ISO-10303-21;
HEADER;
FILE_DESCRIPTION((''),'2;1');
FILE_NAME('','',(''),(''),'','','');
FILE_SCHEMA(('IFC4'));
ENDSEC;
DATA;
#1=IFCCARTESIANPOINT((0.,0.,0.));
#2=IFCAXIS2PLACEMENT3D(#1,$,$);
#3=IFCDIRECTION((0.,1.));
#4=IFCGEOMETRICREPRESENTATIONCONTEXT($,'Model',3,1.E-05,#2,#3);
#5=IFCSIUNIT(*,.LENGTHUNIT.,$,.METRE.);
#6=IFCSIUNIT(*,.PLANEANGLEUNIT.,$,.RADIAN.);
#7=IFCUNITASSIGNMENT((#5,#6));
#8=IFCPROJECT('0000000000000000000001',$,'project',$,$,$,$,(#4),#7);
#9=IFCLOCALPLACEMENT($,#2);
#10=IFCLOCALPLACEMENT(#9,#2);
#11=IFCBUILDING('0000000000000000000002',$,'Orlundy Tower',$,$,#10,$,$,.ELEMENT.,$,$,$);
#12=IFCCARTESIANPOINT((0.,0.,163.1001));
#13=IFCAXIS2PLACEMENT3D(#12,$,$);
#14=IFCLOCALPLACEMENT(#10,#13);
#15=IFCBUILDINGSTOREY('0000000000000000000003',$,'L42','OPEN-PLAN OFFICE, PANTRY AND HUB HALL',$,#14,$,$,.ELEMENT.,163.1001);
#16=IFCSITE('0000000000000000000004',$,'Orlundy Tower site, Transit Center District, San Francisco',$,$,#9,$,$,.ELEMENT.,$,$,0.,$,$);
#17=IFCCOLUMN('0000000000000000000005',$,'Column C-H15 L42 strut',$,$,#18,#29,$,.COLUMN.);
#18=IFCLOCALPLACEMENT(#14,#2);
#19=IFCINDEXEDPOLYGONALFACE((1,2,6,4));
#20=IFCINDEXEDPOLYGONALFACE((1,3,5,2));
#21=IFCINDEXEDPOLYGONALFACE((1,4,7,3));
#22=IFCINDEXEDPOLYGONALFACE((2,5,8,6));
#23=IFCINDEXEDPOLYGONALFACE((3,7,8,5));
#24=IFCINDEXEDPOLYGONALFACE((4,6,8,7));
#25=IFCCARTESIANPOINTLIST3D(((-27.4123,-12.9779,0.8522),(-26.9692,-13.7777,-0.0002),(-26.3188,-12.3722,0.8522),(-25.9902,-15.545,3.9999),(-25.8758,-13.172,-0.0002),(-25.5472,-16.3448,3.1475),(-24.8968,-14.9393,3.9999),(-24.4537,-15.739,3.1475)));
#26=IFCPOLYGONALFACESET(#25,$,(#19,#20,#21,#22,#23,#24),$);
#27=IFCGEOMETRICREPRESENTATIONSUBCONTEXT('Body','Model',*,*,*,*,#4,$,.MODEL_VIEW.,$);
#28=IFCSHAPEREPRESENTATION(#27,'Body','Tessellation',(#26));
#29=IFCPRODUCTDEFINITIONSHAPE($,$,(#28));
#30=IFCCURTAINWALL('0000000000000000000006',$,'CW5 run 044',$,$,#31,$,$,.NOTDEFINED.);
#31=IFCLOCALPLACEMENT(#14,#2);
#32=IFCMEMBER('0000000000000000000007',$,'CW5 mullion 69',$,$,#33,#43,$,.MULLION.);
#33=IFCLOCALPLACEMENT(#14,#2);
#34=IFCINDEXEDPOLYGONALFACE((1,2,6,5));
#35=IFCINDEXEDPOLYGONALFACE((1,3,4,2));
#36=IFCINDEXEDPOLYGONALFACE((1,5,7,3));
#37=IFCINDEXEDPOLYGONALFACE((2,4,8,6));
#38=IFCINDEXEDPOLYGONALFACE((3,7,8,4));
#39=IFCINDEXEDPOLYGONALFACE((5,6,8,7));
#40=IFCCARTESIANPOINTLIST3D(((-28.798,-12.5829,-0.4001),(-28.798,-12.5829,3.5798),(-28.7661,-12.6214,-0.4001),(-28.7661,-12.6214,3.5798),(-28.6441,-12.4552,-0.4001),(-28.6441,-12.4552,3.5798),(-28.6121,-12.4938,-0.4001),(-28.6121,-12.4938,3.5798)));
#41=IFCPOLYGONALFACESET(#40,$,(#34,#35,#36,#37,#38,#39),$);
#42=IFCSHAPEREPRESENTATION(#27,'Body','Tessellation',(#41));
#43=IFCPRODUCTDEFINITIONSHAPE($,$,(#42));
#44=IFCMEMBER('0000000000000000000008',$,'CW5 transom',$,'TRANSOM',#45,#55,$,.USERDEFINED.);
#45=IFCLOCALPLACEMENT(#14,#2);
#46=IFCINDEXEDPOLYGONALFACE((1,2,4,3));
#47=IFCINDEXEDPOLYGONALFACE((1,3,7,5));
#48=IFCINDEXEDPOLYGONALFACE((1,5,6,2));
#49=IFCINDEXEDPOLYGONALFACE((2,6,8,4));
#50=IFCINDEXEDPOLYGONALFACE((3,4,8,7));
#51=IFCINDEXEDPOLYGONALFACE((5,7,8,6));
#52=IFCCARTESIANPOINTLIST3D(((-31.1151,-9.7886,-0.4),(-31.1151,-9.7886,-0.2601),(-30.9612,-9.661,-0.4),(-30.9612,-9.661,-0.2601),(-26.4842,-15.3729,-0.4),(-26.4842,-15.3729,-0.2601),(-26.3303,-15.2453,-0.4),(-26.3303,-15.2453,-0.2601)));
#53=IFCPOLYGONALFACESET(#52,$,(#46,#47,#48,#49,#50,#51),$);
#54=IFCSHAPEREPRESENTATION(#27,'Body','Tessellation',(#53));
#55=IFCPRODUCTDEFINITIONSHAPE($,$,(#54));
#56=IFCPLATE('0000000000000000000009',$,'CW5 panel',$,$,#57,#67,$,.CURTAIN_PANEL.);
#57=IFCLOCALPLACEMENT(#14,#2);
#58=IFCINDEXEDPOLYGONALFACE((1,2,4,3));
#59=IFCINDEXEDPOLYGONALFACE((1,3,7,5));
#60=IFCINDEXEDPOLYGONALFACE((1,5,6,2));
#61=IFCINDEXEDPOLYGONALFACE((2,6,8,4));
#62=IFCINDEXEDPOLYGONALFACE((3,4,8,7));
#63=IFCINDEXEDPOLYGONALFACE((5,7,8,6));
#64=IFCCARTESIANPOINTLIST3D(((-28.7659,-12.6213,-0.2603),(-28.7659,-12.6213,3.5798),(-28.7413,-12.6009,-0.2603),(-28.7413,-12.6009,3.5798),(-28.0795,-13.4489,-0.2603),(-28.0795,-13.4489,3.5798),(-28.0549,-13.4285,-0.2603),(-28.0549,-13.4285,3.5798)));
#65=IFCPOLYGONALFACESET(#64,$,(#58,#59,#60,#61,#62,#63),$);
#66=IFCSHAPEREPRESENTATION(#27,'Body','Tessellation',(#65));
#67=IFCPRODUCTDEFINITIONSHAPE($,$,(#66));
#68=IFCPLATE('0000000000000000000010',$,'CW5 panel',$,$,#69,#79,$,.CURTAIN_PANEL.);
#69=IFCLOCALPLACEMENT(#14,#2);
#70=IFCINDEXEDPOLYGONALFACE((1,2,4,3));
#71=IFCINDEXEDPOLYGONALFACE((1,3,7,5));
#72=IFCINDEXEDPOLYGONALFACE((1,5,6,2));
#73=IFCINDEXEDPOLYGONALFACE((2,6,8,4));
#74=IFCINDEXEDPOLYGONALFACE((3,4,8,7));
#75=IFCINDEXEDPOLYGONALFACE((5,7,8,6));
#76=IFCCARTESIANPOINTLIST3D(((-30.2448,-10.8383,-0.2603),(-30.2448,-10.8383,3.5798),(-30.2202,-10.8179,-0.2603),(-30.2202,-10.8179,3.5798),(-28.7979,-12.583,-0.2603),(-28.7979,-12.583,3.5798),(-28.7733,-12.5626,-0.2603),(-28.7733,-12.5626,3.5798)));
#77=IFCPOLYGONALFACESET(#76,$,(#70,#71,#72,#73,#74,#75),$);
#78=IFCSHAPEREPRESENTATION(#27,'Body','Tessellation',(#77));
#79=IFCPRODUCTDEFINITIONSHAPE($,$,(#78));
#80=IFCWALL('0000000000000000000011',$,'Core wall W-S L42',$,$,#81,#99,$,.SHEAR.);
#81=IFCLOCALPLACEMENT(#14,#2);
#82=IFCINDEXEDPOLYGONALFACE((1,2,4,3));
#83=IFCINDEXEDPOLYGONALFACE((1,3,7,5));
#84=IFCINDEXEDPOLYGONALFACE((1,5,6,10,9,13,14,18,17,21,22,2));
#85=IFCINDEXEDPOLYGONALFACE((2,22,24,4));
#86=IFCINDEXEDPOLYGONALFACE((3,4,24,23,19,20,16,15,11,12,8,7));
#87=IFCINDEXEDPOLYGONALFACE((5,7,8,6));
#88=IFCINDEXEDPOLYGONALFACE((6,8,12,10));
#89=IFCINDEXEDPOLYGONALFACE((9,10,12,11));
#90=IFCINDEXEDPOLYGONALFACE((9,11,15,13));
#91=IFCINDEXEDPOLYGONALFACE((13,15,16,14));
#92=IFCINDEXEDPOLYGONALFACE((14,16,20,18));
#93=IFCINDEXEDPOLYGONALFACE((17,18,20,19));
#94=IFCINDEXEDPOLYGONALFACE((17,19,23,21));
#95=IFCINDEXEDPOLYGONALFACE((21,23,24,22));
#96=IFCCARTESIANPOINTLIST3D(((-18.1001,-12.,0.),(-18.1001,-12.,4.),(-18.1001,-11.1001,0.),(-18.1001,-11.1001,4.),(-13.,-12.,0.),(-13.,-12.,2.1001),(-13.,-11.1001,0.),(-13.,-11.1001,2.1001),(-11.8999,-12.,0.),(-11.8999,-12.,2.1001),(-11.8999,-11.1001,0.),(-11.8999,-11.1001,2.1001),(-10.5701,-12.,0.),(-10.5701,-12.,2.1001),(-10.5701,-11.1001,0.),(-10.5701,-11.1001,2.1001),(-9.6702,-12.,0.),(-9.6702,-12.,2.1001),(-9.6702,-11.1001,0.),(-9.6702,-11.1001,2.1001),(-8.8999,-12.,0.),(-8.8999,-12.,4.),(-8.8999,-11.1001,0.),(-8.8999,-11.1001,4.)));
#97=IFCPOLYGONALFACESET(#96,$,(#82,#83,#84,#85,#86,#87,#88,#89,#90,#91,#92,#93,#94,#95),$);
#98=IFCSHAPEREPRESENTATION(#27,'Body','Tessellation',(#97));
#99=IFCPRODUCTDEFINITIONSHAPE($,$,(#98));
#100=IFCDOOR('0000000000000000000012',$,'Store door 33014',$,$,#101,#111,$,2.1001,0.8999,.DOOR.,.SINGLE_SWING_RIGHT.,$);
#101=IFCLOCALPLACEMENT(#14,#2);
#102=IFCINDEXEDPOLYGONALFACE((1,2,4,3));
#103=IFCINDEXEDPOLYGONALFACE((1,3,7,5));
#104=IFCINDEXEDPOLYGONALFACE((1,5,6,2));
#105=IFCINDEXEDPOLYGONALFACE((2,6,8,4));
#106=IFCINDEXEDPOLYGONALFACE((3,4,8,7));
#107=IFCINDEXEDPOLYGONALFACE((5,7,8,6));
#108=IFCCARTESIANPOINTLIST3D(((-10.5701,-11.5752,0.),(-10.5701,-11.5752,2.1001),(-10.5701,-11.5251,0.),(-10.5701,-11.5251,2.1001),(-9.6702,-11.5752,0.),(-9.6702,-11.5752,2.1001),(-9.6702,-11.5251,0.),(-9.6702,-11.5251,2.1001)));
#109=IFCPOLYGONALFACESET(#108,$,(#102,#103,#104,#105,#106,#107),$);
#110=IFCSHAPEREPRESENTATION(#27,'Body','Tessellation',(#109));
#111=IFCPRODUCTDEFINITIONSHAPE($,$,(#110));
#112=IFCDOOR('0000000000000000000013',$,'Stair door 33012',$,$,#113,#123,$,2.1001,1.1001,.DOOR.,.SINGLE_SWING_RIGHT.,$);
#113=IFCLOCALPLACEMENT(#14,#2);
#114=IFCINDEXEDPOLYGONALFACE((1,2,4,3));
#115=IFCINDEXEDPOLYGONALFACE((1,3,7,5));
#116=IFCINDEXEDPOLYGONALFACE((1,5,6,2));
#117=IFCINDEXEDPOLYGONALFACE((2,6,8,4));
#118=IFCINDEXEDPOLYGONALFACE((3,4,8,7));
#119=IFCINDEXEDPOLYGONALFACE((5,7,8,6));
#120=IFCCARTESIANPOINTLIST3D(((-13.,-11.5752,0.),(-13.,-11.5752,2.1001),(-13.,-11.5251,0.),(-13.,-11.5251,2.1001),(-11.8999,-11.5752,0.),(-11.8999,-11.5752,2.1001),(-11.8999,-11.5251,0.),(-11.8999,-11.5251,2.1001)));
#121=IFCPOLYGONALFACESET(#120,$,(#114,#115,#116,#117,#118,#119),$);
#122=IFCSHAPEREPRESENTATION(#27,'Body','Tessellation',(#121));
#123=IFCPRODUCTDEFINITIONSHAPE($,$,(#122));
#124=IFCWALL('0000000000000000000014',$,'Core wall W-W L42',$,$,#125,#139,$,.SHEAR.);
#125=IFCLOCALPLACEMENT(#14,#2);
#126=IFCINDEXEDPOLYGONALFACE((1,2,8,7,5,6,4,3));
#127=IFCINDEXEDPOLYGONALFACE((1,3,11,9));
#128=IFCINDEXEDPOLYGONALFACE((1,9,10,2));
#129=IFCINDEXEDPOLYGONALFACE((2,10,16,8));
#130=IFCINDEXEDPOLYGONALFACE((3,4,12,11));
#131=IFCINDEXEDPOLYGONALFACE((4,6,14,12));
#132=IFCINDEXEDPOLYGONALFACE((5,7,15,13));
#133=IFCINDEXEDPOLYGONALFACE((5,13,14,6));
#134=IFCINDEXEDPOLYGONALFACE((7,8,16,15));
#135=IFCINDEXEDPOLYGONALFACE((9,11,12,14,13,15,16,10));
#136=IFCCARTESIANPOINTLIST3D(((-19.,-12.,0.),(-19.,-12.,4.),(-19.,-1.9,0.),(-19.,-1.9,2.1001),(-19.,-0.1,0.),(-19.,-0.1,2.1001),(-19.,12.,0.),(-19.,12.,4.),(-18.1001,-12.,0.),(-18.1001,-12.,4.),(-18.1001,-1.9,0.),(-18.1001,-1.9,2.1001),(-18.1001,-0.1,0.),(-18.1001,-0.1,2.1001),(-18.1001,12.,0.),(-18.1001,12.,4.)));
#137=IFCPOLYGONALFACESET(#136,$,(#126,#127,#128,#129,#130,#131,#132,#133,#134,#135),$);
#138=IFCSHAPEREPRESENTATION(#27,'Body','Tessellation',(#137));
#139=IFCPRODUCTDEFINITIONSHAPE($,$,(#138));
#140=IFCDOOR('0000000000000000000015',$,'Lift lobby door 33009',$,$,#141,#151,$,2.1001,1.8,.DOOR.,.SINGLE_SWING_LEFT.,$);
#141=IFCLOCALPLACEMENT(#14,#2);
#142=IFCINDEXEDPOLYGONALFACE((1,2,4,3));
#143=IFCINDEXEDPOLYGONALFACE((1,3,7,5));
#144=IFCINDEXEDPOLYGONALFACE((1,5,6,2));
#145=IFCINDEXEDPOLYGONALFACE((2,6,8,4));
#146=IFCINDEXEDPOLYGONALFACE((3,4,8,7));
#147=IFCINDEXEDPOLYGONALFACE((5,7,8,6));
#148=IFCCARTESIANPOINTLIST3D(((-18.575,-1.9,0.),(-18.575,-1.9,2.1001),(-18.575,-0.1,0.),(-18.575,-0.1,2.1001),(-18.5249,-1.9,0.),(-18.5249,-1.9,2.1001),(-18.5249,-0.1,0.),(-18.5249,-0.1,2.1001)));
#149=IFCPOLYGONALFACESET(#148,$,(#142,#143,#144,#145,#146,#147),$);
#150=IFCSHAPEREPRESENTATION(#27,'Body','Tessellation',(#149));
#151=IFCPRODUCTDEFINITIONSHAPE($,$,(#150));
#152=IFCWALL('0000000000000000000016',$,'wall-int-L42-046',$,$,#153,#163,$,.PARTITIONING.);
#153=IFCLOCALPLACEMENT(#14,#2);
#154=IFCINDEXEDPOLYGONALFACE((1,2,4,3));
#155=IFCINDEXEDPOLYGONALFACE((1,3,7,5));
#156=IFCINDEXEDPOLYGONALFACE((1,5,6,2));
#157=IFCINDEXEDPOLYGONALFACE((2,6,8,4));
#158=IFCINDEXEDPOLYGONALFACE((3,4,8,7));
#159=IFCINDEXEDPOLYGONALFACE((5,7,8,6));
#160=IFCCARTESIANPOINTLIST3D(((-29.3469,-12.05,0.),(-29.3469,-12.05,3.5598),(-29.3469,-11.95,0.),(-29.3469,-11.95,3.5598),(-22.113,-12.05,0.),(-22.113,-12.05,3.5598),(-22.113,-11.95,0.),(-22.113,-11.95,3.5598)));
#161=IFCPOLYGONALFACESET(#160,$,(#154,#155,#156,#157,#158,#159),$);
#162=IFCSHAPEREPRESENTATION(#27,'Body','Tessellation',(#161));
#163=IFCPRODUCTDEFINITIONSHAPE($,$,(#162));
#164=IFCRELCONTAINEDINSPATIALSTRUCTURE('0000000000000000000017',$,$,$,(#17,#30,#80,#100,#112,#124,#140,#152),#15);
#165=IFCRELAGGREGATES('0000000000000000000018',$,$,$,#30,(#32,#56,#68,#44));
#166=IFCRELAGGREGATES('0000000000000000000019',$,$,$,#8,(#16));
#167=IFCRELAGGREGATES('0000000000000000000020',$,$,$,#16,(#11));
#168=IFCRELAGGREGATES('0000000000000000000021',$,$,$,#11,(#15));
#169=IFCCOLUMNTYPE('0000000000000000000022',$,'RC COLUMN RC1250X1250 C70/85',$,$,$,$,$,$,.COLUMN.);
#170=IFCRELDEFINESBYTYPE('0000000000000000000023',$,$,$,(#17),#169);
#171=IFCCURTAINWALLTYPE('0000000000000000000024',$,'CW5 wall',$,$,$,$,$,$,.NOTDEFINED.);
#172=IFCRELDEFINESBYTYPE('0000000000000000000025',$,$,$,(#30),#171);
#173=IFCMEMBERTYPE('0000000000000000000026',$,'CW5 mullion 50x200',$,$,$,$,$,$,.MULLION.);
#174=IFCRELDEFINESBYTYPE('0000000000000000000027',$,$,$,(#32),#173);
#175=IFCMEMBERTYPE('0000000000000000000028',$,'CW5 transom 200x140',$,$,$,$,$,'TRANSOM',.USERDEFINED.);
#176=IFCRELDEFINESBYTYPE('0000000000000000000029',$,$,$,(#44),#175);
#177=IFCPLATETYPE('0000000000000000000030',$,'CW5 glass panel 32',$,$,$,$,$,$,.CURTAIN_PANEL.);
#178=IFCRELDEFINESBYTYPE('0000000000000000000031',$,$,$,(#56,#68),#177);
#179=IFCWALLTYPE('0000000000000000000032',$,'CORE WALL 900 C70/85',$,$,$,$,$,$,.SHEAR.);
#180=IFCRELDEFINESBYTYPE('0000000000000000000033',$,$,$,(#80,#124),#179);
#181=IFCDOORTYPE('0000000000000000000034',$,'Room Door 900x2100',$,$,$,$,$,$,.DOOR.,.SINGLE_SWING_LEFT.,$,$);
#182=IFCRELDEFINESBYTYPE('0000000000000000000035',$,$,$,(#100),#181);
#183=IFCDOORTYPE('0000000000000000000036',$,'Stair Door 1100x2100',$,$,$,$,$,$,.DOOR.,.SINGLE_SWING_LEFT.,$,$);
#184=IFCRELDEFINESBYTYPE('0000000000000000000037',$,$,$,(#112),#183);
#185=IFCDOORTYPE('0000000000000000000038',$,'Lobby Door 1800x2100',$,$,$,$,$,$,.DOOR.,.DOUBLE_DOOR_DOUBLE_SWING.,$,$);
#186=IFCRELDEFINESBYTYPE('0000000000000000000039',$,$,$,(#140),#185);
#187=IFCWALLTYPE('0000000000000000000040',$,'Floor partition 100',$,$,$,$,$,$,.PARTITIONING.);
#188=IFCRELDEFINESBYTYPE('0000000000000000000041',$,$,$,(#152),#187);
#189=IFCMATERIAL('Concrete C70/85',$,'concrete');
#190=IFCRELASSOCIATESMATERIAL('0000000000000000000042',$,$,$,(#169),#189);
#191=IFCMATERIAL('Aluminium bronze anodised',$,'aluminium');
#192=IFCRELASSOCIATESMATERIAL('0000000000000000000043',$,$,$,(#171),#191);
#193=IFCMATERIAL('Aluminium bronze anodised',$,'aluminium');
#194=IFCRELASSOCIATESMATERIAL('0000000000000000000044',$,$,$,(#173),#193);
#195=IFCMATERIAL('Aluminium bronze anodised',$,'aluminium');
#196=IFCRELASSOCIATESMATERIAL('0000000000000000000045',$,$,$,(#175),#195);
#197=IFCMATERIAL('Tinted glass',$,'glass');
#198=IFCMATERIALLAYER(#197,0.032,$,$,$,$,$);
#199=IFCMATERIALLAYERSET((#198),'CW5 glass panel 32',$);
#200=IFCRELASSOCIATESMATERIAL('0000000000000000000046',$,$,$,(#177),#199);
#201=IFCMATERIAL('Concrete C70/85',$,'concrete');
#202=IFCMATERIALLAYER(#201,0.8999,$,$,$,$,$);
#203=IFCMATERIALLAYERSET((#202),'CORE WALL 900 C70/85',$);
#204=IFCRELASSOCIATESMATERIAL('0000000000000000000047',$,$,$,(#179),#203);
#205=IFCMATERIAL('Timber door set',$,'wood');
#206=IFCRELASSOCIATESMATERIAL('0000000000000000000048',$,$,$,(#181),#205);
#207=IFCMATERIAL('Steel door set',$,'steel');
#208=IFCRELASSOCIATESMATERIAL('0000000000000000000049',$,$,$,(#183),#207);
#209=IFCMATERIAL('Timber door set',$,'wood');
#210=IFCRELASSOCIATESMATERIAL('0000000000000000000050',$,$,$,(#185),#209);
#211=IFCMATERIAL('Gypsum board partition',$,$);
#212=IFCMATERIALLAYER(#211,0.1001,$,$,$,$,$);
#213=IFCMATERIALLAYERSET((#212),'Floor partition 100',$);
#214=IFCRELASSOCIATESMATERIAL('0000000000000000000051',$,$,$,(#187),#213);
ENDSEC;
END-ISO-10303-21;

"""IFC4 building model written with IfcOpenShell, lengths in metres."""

from ifc_helpers import new_model, si_unit, direction, frame, frame_2d, origin, origin_2d, place, context, subcontext, project, spatial, rectangle, extrude, material, layer, layer_set, material_profile, profile_set, type_object, element, fill, aggregate, save


model = new_model("IFC4")

# Units and contexts
model_context = context("Model", 3, precision=1e-05, world=origin(), true_north=direction((0.0, 1.0)))
body_context = subcontext(model_context, "Body", "Model", "MODEL_VIEW")
ifc_project = project(units=[si_unit("LENGTHUNIT", "METRE"), si_unit("PLANEANGLEUNIT", "RADIAN")], contexts=[model_context])

# Site, building, storey
site_placement = place(None, origin())
site = spatial("IfcSite", under=ifc_project, at=site_placement, Name="Orlundy Tower site, Transit Center District, San Francisco", CompositionType="ELEMENT", RefElevation=0.0)
building_placement = place(site_placement, origin())
building = spatial("IfcBuilding", under=site, at=building_placement, Name="Orlundy Tower", CompositionType="ELEMENT")
storey_placement = place(building_placement, frame((0.0, 0.0, 163.1001)))
storey = spatial("IfcBuildingStorey", under=building, at=storey_placement, Name="L42", Description="OPEN-PLAN OFFICE, PANTRY AND HUB HALL", CompositionType="ELEMENT", Elevation=163.1001)

# Column
ifc_material_1 = material(Name="Concrete C70/85", Category="concrete")
ifc_material_profile_1 = material_profile(ifc_material_1, rectangle(XDim=1.25, YDim=1.25, at=origin_2d()), Name="RC1250X1250")
ifc_profile_set_1 = profile_set([ifc_material_profile_1], Name="Concrete C70/85")
column_type = type_object("IfcColumnType", Name="RC COLUMN RC1250X1250 C70/85", PredefinedType="COLUMN", material=ifc_profile_set_1)
column_placement = place(storey_placement, frame((-26.644, -13.075, 0.426), z_axis=(0.330451, -0.596514, 0.731418), x_axis=(0.874745, 0.484583, 0.0)))
element("IfcColumn", 1, at=column_placement, inside=storey, type_object=column_type, Name="Column C-H15 L42 strut", PredefinedType="COLUMN", context=body_context, shape_type="SweptSolid", body=[
    extrude(rectangle(XDim=1.25, YDim=1.25, at=origin_2d()), origin(), (0.0, 0.0, 1.0), 4.3035),
])

# Curtain wall, members, plates
ifc_material_2 = material(Name="Aluminium bronze anodised", Category="aluminium")
curtain_wall_type = type_object("IfcCurtainWallType", Name="CW5 wall", PredefinedType="NOTDEFINED", material=ifc_material_2)
curtain_wall_placement = place(storey_placement, origin())
curtain_wall = element("IfcCurtainWall", 2, at=curtain_wall_placement, inside=storey, type_object=curtain_wall_type, Name="CW5 run 044", PredefinedType="NOTDEFINED")
ifc_material_3 = material(Name="Aluminium bronze anodised", Category="aluminium")
ifc_material_profile_2 = material_profile(ifc_material_3, rectangle(XDim=0.2, YDim=0.05, at=origin_2d()), Name="CW5 mullion 50x200")
ifc_profile_set_2 = profile_set([ifc_material_profile_2], Name="Aluminium bronze anodised")
member_type_1 = type_object("IfcMemberType", Name="CW5 mullion 50x200", PredefinedType="MULLION", material=ifc_profile_set_2)
member_1_placement = place(storey_placement, frame((-28.7051, -12.5383, -0.4001), z_axis=(0.0, 0.0, 1.0), x_axis=(-0.769758, -0.638336, 0.0)))
member_1 = element("IfcMember", 3, at=member_1_placement, type_object=member_type_1, Name="CW5 mullion 69", PredefinedType="MULLION", context=body_context, shape_type="SweptSolid", body=[
    extrude(rectangle(XDim=0.2, YDim=0.05, at=origin_2d()), origin(), (0.0, 0.0, 1.0), 3.98),
])
ifc_material_4 = material(Name="Aluminium bronze anodised", Category="aluminium")
ifc_material_profile_3 = material_profile(ifc_material_4, rectangle(XDim=0.2, YDim=0.1399, at=origin_2d()), Name="CW5 transom 200x140")
ifc_profile_set_3 = profile_set([ifc_material_profile_3], Name="Aluminium bronze anodised")
member_type_2 = type_object("IfcMemberType", Name="CW5 transom 200x140", ElementType="TRANSOM", PredefinedType="USERDEFINED", material=ifc_profile_set_3)
member_2_placement = place(storey_placement, frame((-26.4072, -15.3091, -0.3301), z_axis=(-0.638339, 0.769756, 0.0), x_axis=(-0.769756, -0.638339, 0.0)))
member_2 = element("IfcMember", 4, at=member_2_placement, type_object=member_type_2, Name="CW5 transom", ObjectType="TRANSOM", PredefinedType="USERDEFINED", context=body_context, shape_type="SweptSolid", body=[
    extrude(rectangle(XDim=0.2, YDim=0.1399, at=origin_2d()), origin(), (0.0, 0.0, 1.0), 7.2546),
])
ifc_material_5 = material(Name="Tinted glass", Category="glass")
ifc_layer_1 = layer(ifc_material_5, 0.032)
ifc_layer_set_1 = layer_set([ifc_layer_1], Name="CW5 glass panel 32")
plate_type = type_object("IfcPlateType", Name="CW5 glass panel 32", PredefinedType="CURTAIN_PANEL", material=ifc_layer_set_1)
plate_1_placement = place(storey_placement, frame((-28.4104, -13.0249, -0.2603), z_axis=(0.0, 0.0, 1.0), x_axis=(-0.638336, 0.769758, 0.0)))
plate_1 = element("IfcPlate", 5, at=plate_1_placement, type_object=plate_type, Name="CW5 panel", PredefinedType="CURTAIN_PANEL", context=body_context, shape_type="SweptSolid", body=[
    extrude(rectangle(XDim=1.0752, YDim=0.032, at=origin_2d()), origin(), (0.0, 0.0, 1.0), 3.8401),
])
plate_2_placement = place(storey_placement, frame((-29.509, -11.7004, -0.2603), z_axis=(0.0, 0.0, 1.0), x_axis=(-0.638336, 0.769758, 0.0)))
plate_2 = element("IfcPlate", 6, at=plate_2_placement, type_object=plate_type, Name="CW5 panel", PredefinedType="CURTAIN_PANEL", context=body_context, shape_type="SweptSolid", body=[
    extrude(rectangle(XDim=2.2666, YDim=0.032, at=origin_2d()), origin(), (0.0, 0.0, 1.0), 3.8401),
])
aggregate(curtain_wall, [member_1, plate_1, plate_2, member_2])

# Wall, openings, doors
ifc_material_6 = material(Name="Concrete C70/85", Category="concrete")
ifc_layer_2 = layer(ifc_material_6, 0.8999)
ifc_layer_set_2 = layer_set([ifc_layer_2], Name="CORE WALL 900 C70/85")
wall_type_1 = type_object("IfcWallType", Name="CORE WALL 900 C70/85", PredefinedType="SHEAR", material=ifc_layer_set_2)
wall_1_placement = place(storey_placement, frame((-18.1001, -11.55, 0.0), z_axis=(0.0, 0.0, 1.0), x_axis=(1.0, 0.0, 0.0)))
wall_1 = element("IfcWall", 7, at=wall_1_placement, inside=storey, type_object=wall_type_1, Name="Core wall W-S L42", PredefinedType="SHEAR", context=body_context, shape_type="SweptSolid", body=[
    extrude(rectangle(XDim=9.2002, YDim=0.8999, at=frame_2d((4.6001, 0.0))), origin(), (0.0, 0.0, 1.0), 4.0),
])
opening_1_placement = place(wall_1_placement, frame((5.1001, 0.0, 0.0)))
opening_1 = element("IfcOpeningElement", 8, at=opening_1_placement, cuts=wall_1, PredefinedType="OPENING", context=body_context, shape_type="SweptSolid", body=[
    extrude(rectangle(XDim=1.1001, YDim=2.1001, at=frame_2d((0.55, 1.05))), frame((0.0, 0.46, 0.0), z_axis=(0.0, -1.0, 0.0), x_axis=(1.0, 0.0, 0.0)), (0.0, 0.0, 1.0), 0.9199),
])
opening_2_placement = place(wall_1_placement, frame((7.53, 0.0, 0.0)))
opening_2 = element("IfcOpeningElement", 9, at=opening_2_placement, cuts=wall_1, PredefinedType="OPENING", context=body_context, shape_type="SweptSolid", body=[
    extrude(rectangle(XDim=0.8999, YDim=2.1001, at=frame_2d((0.45, 1.05))), frame((0.0, 0.46, 0.0), z_axis=(0.0, -1.0, 0.0), x_axis=(1.0, 0.0, 0.0)), (0.0, 0.0, 1.0), 0.9199),
])
ifc_material_7 = material(Name="Timber door set", Category="wood")
door_type_1 = type_object("IfcDoorType", Name="Room Door 900x2100", OperationType="SINGLE_SWING_LEFT", PredefinedType="DOOR", material=ifc_material_7)
door_1_placement = place(opening_2_placement, origin())
door_1 = element("IfcDoor", 10, at=door_1_placement, inside=storey, type_object=door_type_1, Name="Store door 33014", OperationType="SINGLE_SWING_RIGHT", OverallHeight=2.1001, OverallWidth=0.8999, PredefinedType="DOOR", context=body_context, shape_type="SweptSolid", body=[
    extrude(rectangle(XDim=0.8999, YDim=2.1001, at=frame_2d((0.45, 1.05))), frame((0.0, 0.0249, 0.0), z_axis=(0.0, -1.0, 0.0), x_axis=(1.0, 0.0, 0.0)), (0.0, 0.0, 1.0), 0.05),
])
fill(opening_2, door_1)
ifc_material_8 = material(Name="Steel door set", Category="steel")
door_type_2 = type_object("IfcDoorType", Name="Stair Door 1100x2100", OperationType="SINGLE_SWING_LEFT", PredefinedType="DOOR", material=ifc_material_8)
door_2_placement = place(opening_1_placement, origin())
door_2 = element("IfcDoor", 11, at=door_2_placement, inside=storey, type_object=door_type_2, Name="Stair door 33012", OperationType="SINGLE_SWING_RIGHT", OverallHeight=2.1001, OverallWidth=1.1001, PredefinedType="DOOR", context=body_context, shape_type="SweptSolid", body=[
    extrude(rectangle(XDim=1.1001, YDim=2.1001, at=frame_2d((0.55, 1.05))), frame((0.0, 0.0249, 0.0), z_axis=(0.0, -1.0, 0.0), x_axis=(1.0, 0.0, 0.0)), (0.0, 0.0, 1.0), 0.05),
])
fill(opening_1, door_2)

# Wall, opening, door
wall_2_placement = place(storey_placement, frame((-18.55, -12.0, 0.0), z_axis=(0.0, 0.0, 1.0), x_axis=(0.0, 1.0, 0.0)))
wall_2 = element("IfcWall", 12, at=wall_2_placement, inside=storey, type_object=wall_type_1, Name="Core wall W-W L42", PredefinedType="SHEAR", context=body_context, shape_type="SweptSolid", body=[
    extrude(rectangle(XDim=24.0, YDim=0.8999, at=frame_2d((12.0, 0.0))), origin(), (0.0, 0.0, 1.0), 4.0),
])
opening_3_placement = place(wall_2_placement, frame((10.1001, 0.0, 0.0)))
opening_3 = element("IfcOpeningElement", 13, at=opening_3_placement, cuts=wall_2, PredefinedType="OPENING", context=body_context, shape_type="SweptSolid", body=[
    extrude(rectangle(XDim=1.8, YDim=2.1001, at=frame_2d((0.8999, 1.05))), frame((0.0, 0.46, 0.0), z_axis=(0.0, -1.0, 0.0), x_axis=(1.0, 0.0, 0.0)), (0.0, 0.0, 1.0), 0.9199),
])
ifc_material_9 = material(Name="Timber door set", Category="wood")
door_type_3 = type_object("IfcDoorType", Name="Lobby Door 1800x2100", OperationType="DOUBLE_DOOR_DOUBLE_SWING", PredefinedType="DOOR", material=ifc_material_9)
door_3_placement = place(opening_3_placement, origin())
door_3 = element("IfcDoor", 14, at=door_3_placement, inside=storey, type_object=door_type_3, Name="Lift lobby door 33009", OperationType="SINGLE_SWING_LEFT", OverallHeight=2.1001, OverallWidth=1.8, PredefinedType="DOOR", context=body_context, shape_type="SweptSolid", body=[
    extrude(rectangle(XDim=1.8, YDim=2.1001, at=frame_2d((0.8999, 1.05))), frame((0.0, 0.0249, 0.0), z_axis=(0.0, -1.0, 0.0), x_axis=(1.0, 0.0, 0.0)), (0.0, 0.0, 1.0), 0.05),
])
fill(opening_3, door_3)

# Wall
ifc_material_10 = material(Name="Gypsum board partition")
ifc_layer_3 = layer(ifc_material_10, 0.1001)
ifc_layer_set_3 = layer_set([ifc_layer_3], Name="Floor partition 100")
wall_type_2 = type_object("IfcWallType", Name="Floor partition 100", PredefinedType="PARTITIONING", material=ifc_layer_set_3)
wall_3_placement = place(storey_placement, frame((-29.3469, -12.0, 0.0), z_axis=(0.0, 0.0, 1.0), x_axis=(1.0, 0.0, 0.0)))
element("IfcWall", 15, at=wall_3_placement, inside=storey, type_object=wall_type_2, Name="wall-int-L42-046", PredefinedType="PARTITIONING", context=body_context, shape_type="SweptSolid", body=[
    extrude(rectangle(XDim=7.2339, YDim=0.1001, at=frame_2d((3.6169, 0.0))), origin(), (0.0, 0.0, 1.0), 3.5598),
])

save(model, "model.ifc")
